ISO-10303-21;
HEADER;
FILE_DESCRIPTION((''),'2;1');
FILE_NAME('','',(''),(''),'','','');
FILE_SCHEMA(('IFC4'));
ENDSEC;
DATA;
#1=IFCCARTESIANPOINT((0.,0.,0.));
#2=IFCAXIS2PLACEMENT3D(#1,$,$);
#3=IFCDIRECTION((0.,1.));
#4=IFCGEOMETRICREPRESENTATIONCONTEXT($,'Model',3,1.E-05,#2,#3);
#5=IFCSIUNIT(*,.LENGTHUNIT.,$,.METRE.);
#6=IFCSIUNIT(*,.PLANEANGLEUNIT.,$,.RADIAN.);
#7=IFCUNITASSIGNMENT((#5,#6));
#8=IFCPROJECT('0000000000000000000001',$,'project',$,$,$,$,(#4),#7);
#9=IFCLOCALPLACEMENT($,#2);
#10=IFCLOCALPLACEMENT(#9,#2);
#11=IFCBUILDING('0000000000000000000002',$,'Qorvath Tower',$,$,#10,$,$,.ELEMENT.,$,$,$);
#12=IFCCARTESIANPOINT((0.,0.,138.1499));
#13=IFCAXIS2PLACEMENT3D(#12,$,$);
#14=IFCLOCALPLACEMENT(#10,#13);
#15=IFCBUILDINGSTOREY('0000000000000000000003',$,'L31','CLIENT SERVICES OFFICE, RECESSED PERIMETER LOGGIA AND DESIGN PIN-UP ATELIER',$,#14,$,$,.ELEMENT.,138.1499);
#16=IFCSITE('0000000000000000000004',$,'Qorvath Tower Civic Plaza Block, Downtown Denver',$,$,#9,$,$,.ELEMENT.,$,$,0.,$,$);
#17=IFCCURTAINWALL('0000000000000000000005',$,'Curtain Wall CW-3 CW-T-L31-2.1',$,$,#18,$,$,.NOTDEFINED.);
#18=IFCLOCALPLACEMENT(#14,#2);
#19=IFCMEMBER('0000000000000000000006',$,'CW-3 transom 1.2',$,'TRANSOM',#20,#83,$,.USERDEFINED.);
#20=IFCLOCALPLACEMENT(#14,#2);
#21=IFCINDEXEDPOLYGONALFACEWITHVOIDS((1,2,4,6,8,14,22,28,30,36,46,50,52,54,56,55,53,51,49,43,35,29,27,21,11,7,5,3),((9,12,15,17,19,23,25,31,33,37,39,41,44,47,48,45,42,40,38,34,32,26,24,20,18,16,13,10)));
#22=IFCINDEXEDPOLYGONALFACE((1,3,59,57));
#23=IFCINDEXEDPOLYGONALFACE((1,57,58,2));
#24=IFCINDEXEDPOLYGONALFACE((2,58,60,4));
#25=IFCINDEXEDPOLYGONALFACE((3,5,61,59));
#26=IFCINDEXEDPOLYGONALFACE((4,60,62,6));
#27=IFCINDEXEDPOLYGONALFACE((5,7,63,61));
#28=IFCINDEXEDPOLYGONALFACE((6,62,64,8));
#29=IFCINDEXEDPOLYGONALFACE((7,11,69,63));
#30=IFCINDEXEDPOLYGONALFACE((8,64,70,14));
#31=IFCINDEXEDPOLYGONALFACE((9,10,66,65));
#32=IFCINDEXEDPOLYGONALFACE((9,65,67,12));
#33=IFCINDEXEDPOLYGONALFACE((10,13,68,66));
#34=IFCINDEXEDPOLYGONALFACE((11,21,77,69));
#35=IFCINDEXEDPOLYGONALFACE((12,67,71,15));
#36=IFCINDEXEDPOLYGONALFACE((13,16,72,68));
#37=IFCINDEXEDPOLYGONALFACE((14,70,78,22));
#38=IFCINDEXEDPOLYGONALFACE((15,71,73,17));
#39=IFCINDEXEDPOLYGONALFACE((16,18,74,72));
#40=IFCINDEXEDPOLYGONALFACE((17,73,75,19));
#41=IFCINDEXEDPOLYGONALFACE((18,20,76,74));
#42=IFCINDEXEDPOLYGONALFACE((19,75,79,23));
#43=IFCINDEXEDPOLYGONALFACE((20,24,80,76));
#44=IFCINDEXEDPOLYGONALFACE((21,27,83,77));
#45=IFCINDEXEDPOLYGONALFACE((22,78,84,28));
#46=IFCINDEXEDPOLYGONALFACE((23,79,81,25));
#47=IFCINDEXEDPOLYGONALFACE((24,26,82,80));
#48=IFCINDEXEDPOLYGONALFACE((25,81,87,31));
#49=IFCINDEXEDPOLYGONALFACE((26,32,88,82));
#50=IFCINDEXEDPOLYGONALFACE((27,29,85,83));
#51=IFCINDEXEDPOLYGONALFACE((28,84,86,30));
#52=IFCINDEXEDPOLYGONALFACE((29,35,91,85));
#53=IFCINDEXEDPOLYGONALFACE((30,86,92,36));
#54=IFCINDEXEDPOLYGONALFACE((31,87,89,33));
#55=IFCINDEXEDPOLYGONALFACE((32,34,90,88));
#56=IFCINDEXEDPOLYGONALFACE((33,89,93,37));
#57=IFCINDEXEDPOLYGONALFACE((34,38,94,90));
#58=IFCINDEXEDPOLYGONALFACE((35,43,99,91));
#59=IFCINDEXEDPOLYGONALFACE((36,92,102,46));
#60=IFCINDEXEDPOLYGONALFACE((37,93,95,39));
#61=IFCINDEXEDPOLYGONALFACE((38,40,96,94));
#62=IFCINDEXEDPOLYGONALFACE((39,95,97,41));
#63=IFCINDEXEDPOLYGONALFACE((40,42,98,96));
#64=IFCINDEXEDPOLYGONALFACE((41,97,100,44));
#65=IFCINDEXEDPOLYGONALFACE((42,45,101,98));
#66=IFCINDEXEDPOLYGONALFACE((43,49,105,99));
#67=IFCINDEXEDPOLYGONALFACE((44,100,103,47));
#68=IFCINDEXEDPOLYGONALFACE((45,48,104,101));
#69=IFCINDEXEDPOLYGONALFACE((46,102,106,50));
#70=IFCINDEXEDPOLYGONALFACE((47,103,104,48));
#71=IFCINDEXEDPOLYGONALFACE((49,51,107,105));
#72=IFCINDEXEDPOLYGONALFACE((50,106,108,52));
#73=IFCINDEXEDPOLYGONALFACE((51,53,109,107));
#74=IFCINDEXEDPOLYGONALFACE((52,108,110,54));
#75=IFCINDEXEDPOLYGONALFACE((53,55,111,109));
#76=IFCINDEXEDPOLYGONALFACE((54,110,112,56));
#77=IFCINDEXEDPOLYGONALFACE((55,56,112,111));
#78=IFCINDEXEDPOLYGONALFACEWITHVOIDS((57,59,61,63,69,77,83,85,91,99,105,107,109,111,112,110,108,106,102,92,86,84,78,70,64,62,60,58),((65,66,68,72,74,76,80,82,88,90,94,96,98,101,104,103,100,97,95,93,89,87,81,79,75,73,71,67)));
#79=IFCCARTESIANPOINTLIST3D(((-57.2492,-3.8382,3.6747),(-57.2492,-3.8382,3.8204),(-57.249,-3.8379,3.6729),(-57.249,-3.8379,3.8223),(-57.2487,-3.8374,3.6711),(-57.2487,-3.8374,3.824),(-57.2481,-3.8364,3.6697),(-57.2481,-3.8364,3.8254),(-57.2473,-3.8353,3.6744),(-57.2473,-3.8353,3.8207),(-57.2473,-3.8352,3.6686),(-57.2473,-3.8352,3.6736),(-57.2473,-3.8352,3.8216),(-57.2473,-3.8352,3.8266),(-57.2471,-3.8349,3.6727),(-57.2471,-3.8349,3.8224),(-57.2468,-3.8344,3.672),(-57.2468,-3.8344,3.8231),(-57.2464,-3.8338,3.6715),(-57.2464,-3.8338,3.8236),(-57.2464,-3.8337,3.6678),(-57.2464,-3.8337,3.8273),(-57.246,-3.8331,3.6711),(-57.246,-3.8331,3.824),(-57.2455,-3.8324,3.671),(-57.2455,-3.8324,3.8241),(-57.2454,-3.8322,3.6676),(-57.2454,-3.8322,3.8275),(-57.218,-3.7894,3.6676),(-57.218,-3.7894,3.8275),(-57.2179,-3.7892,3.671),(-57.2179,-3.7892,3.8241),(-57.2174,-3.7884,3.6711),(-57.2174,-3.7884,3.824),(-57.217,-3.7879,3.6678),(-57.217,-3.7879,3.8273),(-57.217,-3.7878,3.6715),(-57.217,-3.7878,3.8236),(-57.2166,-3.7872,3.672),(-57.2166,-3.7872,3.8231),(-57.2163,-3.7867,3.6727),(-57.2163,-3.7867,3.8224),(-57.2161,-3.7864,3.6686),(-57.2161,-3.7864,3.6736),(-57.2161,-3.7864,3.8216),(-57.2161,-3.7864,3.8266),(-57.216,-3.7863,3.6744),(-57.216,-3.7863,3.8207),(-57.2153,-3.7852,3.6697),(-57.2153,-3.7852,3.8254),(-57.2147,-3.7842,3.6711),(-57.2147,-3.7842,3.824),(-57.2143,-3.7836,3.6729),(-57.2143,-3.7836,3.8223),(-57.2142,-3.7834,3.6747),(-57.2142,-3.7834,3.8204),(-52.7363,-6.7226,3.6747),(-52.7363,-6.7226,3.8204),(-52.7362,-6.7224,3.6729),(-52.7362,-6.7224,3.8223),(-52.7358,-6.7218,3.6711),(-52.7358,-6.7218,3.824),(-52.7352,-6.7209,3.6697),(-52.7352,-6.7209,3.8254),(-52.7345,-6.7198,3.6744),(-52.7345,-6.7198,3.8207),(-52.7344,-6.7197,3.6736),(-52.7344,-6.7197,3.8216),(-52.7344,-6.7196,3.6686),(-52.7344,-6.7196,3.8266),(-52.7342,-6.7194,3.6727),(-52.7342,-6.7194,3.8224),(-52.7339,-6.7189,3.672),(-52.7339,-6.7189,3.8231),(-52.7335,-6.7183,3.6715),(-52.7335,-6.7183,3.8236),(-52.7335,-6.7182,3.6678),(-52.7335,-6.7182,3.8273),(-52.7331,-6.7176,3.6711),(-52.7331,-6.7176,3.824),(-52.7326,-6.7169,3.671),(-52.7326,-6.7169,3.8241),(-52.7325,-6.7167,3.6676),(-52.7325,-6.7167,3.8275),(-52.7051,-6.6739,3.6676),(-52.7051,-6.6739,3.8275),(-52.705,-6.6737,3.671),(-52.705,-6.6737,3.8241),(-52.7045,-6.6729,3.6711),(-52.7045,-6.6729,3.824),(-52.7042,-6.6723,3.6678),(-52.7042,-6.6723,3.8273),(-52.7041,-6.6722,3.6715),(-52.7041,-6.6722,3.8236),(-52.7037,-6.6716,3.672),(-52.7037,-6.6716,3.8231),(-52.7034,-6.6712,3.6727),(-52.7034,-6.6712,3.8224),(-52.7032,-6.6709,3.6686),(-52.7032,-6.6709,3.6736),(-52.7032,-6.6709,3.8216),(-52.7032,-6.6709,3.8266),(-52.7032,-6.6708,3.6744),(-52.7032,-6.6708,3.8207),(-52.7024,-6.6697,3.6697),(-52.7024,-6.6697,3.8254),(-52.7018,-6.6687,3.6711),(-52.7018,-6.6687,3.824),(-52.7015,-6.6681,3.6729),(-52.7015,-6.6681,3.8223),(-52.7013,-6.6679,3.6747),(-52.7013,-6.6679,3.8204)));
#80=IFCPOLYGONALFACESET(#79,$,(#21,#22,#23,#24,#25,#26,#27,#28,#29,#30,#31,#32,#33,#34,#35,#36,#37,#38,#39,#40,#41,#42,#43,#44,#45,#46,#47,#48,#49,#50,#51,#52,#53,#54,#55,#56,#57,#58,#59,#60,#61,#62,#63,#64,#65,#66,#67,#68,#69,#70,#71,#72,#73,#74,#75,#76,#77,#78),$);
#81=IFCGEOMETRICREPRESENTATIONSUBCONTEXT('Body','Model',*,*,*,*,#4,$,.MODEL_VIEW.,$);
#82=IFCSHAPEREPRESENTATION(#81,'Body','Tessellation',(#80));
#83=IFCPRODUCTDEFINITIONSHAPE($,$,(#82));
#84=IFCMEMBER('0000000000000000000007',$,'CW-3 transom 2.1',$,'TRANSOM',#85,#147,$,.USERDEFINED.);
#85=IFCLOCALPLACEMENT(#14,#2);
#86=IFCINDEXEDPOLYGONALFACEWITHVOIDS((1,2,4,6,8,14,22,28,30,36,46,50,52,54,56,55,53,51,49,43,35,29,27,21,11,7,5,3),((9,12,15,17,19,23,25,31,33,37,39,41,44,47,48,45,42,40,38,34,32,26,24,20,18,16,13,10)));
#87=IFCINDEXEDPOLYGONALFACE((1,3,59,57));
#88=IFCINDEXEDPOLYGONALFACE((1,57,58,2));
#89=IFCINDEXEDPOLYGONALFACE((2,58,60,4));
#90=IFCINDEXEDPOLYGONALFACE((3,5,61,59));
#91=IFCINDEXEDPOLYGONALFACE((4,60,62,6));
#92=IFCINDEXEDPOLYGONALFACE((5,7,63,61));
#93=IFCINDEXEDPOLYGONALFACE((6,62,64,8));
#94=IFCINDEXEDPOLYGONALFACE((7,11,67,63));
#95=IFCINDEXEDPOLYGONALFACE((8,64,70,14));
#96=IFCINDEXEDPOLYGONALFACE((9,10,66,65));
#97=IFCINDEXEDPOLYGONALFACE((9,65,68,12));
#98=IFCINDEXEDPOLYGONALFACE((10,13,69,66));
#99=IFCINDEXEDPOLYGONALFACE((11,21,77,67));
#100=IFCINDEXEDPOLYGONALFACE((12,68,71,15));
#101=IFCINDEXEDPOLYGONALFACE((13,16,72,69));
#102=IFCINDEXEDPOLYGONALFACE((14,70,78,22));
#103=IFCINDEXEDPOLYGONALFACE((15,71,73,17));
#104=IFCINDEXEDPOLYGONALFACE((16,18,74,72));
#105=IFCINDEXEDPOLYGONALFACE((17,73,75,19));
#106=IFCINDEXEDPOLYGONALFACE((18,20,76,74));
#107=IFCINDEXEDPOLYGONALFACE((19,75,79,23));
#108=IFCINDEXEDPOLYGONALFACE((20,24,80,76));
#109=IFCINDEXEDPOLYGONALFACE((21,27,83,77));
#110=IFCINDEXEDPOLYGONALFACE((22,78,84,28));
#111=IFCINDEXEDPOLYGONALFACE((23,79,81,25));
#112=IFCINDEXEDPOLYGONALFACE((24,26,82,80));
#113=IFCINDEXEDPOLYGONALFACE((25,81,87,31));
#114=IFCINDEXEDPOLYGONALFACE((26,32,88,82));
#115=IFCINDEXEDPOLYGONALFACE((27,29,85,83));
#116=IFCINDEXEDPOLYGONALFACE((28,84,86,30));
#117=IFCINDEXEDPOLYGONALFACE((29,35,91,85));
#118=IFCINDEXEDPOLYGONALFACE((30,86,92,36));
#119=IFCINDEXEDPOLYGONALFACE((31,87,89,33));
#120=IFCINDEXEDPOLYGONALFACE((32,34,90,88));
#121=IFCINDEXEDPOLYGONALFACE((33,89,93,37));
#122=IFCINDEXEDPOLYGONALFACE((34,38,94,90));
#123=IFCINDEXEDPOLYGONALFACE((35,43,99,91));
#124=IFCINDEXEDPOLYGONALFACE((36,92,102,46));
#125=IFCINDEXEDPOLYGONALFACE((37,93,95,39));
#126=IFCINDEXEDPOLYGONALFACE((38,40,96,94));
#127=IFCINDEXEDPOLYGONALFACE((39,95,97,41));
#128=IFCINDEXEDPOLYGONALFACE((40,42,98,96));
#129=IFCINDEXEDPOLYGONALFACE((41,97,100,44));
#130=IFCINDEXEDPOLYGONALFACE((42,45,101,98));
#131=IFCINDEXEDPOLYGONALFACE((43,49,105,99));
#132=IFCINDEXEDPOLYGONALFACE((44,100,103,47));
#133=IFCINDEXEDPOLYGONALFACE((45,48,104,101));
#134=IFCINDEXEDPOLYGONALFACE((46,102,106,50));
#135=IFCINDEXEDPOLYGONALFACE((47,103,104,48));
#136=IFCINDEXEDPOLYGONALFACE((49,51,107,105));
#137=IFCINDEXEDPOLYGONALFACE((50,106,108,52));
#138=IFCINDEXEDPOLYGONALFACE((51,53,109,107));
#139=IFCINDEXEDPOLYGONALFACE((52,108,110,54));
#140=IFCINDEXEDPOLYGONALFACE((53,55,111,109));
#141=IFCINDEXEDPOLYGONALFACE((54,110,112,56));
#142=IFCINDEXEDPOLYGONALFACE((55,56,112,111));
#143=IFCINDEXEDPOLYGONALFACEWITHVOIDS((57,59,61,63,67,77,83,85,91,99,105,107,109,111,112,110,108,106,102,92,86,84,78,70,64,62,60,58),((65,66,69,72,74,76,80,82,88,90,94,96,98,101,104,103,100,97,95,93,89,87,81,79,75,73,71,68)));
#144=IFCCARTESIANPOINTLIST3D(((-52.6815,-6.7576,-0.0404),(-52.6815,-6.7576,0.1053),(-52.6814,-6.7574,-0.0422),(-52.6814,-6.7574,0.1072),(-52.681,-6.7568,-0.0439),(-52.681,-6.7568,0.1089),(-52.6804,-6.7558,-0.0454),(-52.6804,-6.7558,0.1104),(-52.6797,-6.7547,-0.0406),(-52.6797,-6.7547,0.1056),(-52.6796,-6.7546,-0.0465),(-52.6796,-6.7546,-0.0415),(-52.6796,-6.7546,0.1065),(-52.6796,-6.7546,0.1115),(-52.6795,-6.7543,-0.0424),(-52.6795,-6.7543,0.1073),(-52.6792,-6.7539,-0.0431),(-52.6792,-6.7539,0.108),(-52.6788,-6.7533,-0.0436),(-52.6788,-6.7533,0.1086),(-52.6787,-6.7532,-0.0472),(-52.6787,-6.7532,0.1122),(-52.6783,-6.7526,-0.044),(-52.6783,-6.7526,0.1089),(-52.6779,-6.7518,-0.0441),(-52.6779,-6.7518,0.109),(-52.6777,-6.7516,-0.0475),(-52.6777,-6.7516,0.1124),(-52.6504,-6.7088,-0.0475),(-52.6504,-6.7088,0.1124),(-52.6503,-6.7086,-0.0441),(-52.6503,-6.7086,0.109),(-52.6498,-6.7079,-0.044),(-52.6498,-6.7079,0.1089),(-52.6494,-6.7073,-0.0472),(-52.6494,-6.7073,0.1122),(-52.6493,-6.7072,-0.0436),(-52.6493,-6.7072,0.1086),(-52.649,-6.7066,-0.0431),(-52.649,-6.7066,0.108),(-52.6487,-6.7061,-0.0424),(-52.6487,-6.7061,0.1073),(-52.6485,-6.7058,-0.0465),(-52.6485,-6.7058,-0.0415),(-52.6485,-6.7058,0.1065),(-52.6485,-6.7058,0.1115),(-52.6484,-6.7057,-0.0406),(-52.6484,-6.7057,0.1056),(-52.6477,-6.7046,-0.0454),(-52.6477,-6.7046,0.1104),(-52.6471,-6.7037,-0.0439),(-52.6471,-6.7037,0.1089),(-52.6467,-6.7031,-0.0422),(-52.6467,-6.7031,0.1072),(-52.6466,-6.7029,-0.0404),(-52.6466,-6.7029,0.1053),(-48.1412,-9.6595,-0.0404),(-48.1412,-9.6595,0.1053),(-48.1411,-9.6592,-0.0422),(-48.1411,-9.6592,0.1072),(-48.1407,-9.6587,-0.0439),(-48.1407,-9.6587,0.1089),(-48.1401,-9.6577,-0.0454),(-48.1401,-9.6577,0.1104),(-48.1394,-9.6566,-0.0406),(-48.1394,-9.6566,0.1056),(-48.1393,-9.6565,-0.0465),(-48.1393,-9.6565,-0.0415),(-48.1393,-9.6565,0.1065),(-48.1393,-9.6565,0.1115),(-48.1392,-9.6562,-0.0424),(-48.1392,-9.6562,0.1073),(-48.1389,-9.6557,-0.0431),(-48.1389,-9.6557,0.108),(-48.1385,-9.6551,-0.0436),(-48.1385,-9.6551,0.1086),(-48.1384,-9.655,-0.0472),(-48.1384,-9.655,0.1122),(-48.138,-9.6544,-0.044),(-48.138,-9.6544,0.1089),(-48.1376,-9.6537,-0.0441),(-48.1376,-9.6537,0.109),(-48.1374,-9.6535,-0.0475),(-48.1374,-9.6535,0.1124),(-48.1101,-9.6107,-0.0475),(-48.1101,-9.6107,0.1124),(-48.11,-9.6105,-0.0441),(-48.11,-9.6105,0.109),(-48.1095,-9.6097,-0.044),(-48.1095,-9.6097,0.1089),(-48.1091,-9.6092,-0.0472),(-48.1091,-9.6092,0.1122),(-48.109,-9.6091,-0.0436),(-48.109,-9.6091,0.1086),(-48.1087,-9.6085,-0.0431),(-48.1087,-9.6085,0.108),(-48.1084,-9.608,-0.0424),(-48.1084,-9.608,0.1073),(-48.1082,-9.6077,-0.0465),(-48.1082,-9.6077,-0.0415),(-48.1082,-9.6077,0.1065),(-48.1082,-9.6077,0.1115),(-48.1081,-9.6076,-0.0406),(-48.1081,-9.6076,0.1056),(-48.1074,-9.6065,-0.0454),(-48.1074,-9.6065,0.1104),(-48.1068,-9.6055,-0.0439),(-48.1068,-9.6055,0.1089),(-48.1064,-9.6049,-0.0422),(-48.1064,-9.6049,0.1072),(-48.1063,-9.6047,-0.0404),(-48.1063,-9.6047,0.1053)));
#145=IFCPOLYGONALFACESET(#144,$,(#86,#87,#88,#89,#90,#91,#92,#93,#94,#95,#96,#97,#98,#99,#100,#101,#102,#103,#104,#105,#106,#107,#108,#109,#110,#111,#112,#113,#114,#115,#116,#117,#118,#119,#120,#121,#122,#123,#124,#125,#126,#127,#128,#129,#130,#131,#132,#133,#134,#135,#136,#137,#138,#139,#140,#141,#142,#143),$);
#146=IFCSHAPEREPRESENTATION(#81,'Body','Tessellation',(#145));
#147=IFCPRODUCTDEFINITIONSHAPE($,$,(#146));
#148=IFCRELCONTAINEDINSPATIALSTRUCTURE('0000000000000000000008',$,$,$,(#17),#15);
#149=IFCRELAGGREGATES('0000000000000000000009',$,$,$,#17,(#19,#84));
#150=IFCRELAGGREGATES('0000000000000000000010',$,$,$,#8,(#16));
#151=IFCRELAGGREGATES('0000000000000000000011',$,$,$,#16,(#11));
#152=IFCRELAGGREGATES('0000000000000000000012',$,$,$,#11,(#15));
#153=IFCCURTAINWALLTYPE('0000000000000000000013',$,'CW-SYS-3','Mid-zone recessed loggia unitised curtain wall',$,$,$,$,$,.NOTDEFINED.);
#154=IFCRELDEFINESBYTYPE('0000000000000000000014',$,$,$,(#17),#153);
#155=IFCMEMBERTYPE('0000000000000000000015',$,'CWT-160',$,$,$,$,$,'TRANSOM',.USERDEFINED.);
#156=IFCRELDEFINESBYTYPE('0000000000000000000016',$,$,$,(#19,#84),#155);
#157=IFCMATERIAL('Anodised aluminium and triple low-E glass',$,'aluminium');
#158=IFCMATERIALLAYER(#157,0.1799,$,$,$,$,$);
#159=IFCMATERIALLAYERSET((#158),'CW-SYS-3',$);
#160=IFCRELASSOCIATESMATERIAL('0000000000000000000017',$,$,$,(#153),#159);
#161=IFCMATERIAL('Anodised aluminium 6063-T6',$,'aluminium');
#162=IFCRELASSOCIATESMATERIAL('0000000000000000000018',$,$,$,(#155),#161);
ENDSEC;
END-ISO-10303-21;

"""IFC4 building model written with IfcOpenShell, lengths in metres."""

from ifc_helpers import new_model, si_unit, direction, frame, origin, origin_2d, place, context, subcontext, project, spatial, hollow_rectangle, extrude, material, layer, layer_set, material_profile, profile_set, type_object, element, aggregate, save


model = new_model("IFC4")

# Units and contexts
model_context = context("Model", 3, precision=1e-05, world=origin(), true_north=direction((0.0, 1.0)))
body_context = subcontext(model_context, "Body", "Model", "MODEL_VIEW")
ifc_project = project(units=[si_unit("LENGTHUNIT", "METRE"), si_unit("PLANEANGLEUNIT", "RADIAN")], contexts=[model_context])

# Site, building, storey
site_placement = place(None, origin())
site = spatial("IfcSite", under=ifc_project, at=site_placement, Name="Qorvath Tower Civic Plaza Block, Downtown Denver", CompositionType="ELEMENT", RefElevation=0.0)
building_placement = place(site_placement, origin())
building = spatial("IfcBuilding", under=site, at=building_placement, Name="Qorvath Tower", CompositionType="ELEMENT")
storey_placement = place(building_placement, frame((0.0, 0.0, 138.1499)))
storey = spatial("IfcBuildingStorey", under=building, at=storey_placement, Name="L31", Description="CLIENT SERVICES OFFICE, RECESSED PERIMETER LOGGIA AND DESIGN PIN-UP ATELIER", CompositionType="ELEMENT", Elevation=138.1499)

# Curtain wall, members
ifc_material_1 = material(Name="Anodised aluminium and triple low-E glass", Category="aluminium")
ifc_layer_1 = layer(ifc_material_1, 0.1799)
ifc_layer_set_1 = layer_set([ifc_layer_1], Name="CW-SYS-3")
curtain_wall_type = type_object("IfcCurtainWallType", Name="CW-SYS-3", Description="Mid-zone recessed loggia unitised curtain wall", PredefinedType="NOTDEFINED", material=ifc_layer_set_1)
curtain_wall_placement = place(storey_placement, origin())
curtain_wall = element("IfcCurtainWall", 1, at=curtain_wall_placement, inside=storey, type_object=curtain_wall_type, Name="Curtain Wall CW-3 CW-T-L31-2.1", PredefinedType="NOTDEFINED")
ifc_material_2 = material(Name="Anodised aluminium 6063-T6", Category="aluminium")
ifc_material_profile_1 = material_profile(ifc_material_2, hollow_rectangle(XDim=0.0649, YDim=0.1599, WallThickness=0.0034, InnerFilletRadius=0.0034, OuterFilletRadius=0.0071, at=origin_2d()), Name="CWT 160x65")
ifc_profile_set_1 = profile_set([ifc_material_profile_1], Name="Anodised aluminium 6063-T6")
member_type_1 = type_object("IfcMemberType", Name="CWT-160", ElementType="TRANSOM", PredefinedType="USERDEFINED", material=ifc_profile_set_1)
member_1_placement = place(storey_placement, frame((-57.2317, -3.8108, 3.7476), z_axis=(0.84259, -0.538556, 0.0), x_axis=(0.538556, 0.84259, 0.0)))
member_1 = element("IfcMember", 2, at=member_1_placement, type_object=member_type_1, Name="CW-3 transom 1.2", ObjectType="TRANSOM", PredefinedType="USERDEFINED", context=body_context, shape_type="SweptSolid", body=[
    extrude(hollow_rectangle(XDim=0.0649, YDim=0.1599, WallThickness=0.0034, InnerFilletRadius=0.0034, OuterFilletRadius=0.0071, at=origin_2d()), origin(), (0.0, 0.0, 1.0), 5.356),
])
member_2_placement = place(storey_placement, frame((-52.6641, -6.7302, 0.0325), z_axis=(0.842602, -0.538537, 0.0), x_axis=(0.538537, 0.842602, 0.0)))
member_2 = element("IfcMember", 3, at=member_2_placement, type_object=member_type_1, Name="CW-3 transom 2.1", ObjectType="TRANSOM", PredefinedType="USERDEFINED", context=body_context, shape_type="SweptSolid", body=[
    extrude(hollow_rectangle(XDim=0.0649, YDim=0.1599, WallThickness=0.0034, InnerFilletRadius=0.0034, OuterFilletRadius=0.0071, at=origin_2d()), origin(), (0.0, 0.0, 1.0), 5.3884),
])

aggregate(curtain_wall, [member_1, member_2])

save(model, "model.ifc")
